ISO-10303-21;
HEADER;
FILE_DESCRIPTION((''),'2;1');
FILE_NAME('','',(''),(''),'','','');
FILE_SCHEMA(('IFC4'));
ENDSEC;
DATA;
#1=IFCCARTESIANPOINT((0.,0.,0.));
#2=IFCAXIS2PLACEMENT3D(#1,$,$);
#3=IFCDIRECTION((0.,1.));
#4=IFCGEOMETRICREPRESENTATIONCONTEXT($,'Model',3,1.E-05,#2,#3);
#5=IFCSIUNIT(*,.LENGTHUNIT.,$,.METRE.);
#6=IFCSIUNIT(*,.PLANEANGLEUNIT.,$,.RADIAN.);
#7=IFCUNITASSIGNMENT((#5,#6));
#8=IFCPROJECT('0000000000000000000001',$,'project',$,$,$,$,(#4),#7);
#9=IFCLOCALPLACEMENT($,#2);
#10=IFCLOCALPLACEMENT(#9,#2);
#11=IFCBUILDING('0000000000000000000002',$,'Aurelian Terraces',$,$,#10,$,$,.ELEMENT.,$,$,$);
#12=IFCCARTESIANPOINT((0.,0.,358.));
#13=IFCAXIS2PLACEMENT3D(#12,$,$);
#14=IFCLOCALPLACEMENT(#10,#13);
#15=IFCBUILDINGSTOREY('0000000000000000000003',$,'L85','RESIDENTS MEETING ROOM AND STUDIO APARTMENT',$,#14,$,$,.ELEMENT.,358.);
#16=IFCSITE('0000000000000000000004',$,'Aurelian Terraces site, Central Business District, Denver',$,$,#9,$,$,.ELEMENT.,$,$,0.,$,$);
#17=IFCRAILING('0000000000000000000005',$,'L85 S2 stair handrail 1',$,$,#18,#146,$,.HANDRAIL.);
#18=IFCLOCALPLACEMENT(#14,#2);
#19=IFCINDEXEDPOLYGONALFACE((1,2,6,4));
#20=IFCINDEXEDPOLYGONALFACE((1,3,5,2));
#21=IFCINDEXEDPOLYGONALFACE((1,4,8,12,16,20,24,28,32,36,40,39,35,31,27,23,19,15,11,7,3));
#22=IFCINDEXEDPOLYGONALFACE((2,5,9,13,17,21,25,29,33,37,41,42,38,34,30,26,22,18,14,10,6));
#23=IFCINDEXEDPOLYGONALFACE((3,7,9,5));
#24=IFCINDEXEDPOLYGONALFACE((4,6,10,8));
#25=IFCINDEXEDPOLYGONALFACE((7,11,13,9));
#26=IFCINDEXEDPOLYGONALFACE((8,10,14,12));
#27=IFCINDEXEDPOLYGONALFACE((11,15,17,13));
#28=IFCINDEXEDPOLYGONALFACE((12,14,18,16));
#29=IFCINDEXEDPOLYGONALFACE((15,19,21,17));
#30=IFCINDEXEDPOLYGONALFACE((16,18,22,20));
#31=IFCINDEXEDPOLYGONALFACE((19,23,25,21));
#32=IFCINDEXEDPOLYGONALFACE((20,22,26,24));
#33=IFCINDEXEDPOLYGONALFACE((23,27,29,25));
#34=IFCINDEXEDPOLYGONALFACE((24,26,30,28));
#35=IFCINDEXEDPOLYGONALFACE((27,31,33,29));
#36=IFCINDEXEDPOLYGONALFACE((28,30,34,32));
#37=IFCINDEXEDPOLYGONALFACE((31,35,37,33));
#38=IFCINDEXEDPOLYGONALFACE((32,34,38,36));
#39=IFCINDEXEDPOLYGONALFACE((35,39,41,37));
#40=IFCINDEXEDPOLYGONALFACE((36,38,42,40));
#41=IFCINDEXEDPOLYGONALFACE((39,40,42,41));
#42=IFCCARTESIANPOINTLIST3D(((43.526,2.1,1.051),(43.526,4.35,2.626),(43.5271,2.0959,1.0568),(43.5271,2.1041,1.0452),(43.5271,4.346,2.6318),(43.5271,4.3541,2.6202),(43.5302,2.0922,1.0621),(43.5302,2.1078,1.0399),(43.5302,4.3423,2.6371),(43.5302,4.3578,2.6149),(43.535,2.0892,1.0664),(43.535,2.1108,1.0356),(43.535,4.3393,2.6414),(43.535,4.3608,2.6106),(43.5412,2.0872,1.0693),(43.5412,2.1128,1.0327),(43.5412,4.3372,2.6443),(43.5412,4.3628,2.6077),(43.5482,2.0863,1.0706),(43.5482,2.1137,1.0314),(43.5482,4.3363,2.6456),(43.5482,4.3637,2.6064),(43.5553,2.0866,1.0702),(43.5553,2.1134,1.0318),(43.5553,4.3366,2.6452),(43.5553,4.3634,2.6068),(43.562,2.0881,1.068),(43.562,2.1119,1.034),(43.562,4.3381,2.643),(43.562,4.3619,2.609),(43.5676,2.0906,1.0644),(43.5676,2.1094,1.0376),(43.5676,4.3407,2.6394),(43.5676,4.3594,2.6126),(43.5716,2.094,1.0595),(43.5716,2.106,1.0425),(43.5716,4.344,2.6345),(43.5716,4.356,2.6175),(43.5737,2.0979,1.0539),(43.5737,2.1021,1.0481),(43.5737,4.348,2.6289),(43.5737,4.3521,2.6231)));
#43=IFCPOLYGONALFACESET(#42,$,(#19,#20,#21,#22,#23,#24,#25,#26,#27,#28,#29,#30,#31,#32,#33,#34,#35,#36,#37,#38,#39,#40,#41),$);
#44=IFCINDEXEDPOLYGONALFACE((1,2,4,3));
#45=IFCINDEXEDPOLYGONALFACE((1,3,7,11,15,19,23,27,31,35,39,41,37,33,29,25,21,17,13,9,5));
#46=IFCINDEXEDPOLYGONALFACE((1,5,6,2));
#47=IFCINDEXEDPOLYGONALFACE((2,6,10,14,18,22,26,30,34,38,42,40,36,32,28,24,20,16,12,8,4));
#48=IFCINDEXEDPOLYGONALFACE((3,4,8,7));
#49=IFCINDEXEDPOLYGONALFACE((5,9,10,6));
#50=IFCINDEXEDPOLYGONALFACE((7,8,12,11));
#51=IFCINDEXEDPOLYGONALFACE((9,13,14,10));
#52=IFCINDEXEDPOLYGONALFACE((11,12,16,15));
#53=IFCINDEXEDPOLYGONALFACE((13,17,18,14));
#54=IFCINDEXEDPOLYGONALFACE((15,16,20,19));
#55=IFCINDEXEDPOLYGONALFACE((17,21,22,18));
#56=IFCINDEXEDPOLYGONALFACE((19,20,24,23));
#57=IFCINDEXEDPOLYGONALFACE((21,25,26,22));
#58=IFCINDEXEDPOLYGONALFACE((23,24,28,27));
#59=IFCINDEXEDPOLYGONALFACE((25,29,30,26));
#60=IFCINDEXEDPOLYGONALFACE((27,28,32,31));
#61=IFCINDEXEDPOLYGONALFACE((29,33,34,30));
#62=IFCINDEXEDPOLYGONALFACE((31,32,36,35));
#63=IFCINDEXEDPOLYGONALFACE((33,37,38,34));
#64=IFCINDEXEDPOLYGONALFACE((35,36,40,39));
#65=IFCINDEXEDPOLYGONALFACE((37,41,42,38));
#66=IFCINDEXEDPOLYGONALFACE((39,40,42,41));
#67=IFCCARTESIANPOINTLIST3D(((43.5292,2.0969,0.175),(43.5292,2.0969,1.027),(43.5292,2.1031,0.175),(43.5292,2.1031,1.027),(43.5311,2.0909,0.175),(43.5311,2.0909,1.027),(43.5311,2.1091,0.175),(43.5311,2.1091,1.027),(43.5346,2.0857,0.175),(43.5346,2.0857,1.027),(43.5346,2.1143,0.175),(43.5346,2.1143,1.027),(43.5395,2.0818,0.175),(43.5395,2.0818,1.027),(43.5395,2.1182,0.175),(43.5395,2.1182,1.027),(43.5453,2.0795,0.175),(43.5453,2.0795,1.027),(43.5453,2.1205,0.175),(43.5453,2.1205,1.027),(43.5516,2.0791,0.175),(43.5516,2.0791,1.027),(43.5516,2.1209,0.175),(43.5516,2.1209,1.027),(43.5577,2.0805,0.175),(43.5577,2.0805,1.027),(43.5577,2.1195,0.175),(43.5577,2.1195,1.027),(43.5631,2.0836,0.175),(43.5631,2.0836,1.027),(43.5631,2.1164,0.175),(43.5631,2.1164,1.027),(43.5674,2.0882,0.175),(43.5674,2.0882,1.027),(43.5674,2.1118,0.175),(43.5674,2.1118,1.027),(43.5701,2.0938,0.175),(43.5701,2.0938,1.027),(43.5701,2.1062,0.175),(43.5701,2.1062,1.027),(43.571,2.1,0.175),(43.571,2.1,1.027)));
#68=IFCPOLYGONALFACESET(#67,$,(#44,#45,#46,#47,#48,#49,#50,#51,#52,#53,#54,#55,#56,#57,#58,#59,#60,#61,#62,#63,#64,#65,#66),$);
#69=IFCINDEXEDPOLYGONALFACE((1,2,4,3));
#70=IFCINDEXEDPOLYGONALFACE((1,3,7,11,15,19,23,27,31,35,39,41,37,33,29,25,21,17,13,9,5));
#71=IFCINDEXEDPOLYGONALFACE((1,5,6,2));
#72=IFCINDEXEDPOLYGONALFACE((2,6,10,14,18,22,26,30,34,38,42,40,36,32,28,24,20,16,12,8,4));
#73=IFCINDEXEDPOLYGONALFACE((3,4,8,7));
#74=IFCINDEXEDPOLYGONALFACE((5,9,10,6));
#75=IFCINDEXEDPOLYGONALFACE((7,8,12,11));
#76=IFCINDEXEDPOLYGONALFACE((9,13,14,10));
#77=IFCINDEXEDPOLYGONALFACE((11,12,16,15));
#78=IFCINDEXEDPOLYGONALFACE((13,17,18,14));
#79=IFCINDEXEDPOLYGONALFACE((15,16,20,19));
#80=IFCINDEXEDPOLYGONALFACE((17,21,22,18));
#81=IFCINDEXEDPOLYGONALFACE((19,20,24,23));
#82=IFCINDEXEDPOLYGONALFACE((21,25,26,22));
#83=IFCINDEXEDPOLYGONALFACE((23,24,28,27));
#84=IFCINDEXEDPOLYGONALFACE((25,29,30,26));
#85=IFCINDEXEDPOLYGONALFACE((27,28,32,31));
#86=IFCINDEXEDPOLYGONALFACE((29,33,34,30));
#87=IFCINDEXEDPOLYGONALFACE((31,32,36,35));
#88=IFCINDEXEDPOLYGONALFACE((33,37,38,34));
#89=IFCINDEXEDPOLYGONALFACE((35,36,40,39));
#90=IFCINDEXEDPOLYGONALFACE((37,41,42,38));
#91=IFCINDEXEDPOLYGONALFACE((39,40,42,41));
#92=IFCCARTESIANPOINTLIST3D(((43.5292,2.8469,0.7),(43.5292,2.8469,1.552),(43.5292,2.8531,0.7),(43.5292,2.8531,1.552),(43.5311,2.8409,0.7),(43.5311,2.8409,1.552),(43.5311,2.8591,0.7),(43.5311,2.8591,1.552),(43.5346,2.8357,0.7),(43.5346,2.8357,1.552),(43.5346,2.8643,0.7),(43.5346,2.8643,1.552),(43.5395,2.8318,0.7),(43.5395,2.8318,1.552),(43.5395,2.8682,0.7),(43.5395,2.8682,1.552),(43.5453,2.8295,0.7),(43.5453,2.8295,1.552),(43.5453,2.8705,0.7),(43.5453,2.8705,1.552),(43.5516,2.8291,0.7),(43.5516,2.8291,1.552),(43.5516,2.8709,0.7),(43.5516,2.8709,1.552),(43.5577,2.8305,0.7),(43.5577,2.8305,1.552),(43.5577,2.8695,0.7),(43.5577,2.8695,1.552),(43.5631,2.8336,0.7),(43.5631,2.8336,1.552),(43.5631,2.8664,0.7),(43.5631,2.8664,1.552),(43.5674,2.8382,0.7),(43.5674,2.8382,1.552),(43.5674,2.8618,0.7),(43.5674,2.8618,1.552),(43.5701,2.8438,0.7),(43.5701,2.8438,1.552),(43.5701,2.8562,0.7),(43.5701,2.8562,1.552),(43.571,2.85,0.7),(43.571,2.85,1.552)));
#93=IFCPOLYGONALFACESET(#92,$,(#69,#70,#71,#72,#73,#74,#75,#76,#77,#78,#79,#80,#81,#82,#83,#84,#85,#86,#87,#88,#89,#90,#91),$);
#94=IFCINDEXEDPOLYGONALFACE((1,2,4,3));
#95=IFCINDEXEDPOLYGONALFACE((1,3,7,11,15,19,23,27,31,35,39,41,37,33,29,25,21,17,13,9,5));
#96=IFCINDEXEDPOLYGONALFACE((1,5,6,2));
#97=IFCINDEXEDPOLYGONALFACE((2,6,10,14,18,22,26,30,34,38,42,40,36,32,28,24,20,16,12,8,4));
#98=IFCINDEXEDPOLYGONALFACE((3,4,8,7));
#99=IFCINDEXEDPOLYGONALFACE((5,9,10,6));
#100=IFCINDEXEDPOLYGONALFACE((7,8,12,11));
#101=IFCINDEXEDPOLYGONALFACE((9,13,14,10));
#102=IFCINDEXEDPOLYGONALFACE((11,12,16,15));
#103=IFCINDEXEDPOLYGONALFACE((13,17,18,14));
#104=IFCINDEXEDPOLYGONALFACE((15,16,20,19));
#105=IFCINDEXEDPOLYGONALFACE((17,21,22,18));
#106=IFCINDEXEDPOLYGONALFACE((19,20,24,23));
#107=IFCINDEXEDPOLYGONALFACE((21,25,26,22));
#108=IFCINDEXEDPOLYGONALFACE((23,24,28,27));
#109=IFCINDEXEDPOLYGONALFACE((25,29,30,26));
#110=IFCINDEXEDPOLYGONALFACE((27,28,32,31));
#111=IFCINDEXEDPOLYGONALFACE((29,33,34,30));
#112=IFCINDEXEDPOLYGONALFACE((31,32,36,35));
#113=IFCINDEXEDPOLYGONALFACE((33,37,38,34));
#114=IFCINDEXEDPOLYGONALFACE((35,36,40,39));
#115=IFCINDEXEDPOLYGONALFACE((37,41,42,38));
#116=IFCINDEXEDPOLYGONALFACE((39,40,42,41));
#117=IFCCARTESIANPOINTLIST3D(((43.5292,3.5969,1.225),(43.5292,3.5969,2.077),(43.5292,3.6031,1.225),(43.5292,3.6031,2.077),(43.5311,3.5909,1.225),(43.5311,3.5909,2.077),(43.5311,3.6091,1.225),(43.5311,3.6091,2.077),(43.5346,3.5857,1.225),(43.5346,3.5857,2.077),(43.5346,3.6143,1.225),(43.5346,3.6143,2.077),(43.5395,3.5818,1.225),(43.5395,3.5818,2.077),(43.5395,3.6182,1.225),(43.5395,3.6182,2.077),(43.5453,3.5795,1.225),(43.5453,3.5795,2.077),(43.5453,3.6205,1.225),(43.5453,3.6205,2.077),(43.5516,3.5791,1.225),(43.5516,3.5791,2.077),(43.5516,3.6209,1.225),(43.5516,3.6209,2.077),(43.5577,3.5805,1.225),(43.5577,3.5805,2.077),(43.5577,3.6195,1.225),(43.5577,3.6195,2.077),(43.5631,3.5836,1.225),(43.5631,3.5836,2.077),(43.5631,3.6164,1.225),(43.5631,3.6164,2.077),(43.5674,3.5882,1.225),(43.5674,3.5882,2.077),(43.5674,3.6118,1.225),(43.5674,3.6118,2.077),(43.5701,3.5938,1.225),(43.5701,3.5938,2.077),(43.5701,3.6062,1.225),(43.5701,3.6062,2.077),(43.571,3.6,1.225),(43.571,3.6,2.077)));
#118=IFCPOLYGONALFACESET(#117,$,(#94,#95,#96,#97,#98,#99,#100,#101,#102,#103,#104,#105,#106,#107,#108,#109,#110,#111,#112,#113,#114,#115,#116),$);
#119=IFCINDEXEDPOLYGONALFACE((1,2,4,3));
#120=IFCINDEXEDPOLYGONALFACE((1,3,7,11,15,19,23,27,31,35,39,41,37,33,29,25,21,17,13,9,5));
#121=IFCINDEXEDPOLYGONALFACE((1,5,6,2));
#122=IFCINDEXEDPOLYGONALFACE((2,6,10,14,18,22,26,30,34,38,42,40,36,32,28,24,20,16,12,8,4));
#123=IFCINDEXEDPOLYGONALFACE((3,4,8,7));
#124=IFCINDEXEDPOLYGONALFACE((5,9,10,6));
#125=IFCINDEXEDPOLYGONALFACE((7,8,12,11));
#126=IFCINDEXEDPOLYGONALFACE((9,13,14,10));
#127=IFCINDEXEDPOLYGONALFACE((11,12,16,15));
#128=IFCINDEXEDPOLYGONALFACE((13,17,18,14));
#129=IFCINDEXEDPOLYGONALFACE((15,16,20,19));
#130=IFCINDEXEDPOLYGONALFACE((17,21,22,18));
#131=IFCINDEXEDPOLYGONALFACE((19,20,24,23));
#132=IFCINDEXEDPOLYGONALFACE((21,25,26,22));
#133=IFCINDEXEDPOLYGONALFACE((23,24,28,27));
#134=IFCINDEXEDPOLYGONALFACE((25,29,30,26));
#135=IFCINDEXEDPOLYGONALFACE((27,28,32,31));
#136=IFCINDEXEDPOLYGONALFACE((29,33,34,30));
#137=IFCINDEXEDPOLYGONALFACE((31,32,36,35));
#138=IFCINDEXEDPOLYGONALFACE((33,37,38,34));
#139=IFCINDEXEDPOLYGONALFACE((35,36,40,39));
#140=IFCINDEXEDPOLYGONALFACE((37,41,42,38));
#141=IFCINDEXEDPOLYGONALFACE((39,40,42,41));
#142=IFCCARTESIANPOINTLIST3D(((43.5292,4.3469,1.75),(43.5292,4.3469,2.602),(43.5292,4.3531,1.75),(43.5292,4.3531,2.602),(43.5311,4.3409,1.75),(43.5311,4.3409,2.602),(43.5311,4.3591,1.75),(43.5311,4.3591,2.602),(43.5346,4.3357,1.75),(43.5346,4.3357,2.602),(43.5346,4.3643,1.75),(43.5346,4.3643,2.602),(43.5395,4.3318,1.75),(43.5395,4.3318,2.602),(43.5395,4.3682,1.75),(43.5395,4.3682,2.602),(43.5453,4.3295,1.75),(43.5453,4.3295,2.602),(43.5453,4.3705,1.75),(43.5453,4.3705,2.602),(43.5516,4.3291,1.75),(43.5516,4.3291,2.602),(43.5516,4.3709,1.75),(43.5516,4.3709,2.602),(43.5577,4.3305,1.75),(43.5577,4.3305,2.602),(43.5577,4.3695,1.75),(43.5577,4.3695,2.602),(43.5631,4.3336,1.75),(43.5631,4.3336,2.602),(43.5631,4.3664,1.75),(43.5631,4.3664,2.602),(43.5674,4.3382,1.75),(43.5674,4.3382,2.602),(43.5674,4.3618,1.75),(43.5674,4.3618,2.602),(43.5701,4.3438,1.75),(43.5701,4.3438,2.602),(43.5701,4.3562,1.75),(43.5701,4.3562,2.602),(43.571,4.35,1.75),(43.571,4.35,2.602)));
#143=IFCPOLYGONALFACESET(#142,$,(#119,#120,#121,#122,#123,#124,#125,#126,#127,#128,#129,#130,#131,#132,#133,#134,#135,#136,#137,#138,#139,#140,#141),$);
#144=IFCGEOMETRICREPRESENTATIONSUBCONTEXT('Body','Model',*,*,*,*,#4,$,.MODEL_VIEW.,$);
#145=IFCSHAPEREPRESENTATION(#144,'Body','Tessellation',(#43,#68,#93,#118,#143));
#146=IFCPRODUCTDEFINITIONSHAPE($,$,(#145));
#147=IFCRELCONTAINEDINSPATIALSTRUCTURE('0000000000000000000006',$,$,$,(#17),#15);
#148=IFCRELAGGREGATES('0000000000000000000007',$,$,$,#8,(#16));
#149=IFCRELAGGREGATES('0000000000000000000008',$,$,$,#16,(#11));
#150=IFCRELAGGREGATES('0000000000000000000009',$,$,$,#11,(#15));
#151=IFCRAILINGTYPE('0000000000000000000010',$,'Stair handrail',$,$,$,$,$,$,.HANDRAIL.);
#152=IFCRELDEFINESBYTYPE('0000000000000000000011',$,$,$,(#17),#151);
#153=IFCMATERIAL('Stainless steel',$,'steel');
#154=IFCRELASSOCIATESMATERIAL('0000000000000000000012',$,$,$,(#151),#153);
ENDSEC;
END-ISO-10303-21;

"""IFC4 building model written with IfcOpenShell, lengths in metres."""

from ifc_helpers import new_model, si_unit, direction, frame, origin, origin_2d, place, context, subcontext, project, spatial, circle, extrude, source, transform, mapped, material, type_object, element, save


model = new_model("IFC4")

# Units and contexts
model_context = context("Model", 3, precision=1e-05, world=origin(), true_north=direction((0.0, 1.0)))
body_context = subcontext(model_context, "Body", "Model", "MODEL_VIEW")
ifc_project = project(units=[si_unit("LENGTHUNIT", "METRE"), si_unit("PLANEANGLEUNIT", "RADIAN")], contexts=[model_context])

# Site, building, storey
site_placement = place(None, origin())
site = spatial("IfcSite", under=ifc_project, at=site_placement, Name="Aurelian Terraces site, Central Business District, Denver", CompositionType="ELEMENT", RefElevation=0.0)
building_placement = place(site_placement, origin())
building = spatial("IfcBuilding", under=site, at=building_placement, Name="Aurelian Terraces", CompositionType="ELEMENT")
storey_placement = place(building_placement, frame((0.0, 0.0, 358.0)))
storey = spatial("IfcBuildingStorey", under=building, at=storey_placement, Name="L85", Description="RESIDENTS MEETING ROOM AND STUDIO APARTMENT", CompositionType="ELEMENT", Elevation=358.0)

# Railing
ifc_material_1 = material(Name="Stainless steel", Category="steel")
railing_type_1 = type_object("IfcRailingType", Name="Stair handrail", PredefinedType="HANDRAIL", material=ifc_material_1)
shared_shape_1 = source(origin(), body_context, "Body", "SweptSolid", [
    extrude(circle(Radius=0.024, at=origin_2d()), frame((0.0, 0.0, 0.876), z_axis=(0.0, 0.819232, 0.573462), x_axis=(-1.0, 0.0, 0.0)), (0.0, 0.0, 1.0), 2.7465),
    extrude(circle(Radius=0.021, at=origin_2d()), origin(), (0.0, 0.0, 1.0), 0.852),
    extrude(circle(Radius=0.021, at=origin_2d()), frame((0.0, 0.75, 0.525)), (0.0, 0.0, 1.0), 0.852),
    extrude(circle(Radius=0.021, at=origin_2d()), frame((0.0, 1.5, 1.05)), (0.0, 0.0, 1.0), 0.852),
    extrude(circle(Radius=0.021, at=origin_2d()), frame((0.0, 2.25, 1.575)), (0.0, 0.0, 1.0), 0.852),
])
railing_1_placement = place(storey_placement, frame((43.55, 2.1, 0.175)))
element("IfcRailing", 1, at=railing_1_placement, inside=storey, type_object=railing_type_1, Name="L85 S2 stair handrail 1", PredefinedType="HANDRAIL", context=body_context, shape_type="MappedRepresentation", body=[
    mapped(shared_shape_1, transform((0.0, 0.0, 0.0), scale=1.0)),
])

save(model, "model.ifc")
